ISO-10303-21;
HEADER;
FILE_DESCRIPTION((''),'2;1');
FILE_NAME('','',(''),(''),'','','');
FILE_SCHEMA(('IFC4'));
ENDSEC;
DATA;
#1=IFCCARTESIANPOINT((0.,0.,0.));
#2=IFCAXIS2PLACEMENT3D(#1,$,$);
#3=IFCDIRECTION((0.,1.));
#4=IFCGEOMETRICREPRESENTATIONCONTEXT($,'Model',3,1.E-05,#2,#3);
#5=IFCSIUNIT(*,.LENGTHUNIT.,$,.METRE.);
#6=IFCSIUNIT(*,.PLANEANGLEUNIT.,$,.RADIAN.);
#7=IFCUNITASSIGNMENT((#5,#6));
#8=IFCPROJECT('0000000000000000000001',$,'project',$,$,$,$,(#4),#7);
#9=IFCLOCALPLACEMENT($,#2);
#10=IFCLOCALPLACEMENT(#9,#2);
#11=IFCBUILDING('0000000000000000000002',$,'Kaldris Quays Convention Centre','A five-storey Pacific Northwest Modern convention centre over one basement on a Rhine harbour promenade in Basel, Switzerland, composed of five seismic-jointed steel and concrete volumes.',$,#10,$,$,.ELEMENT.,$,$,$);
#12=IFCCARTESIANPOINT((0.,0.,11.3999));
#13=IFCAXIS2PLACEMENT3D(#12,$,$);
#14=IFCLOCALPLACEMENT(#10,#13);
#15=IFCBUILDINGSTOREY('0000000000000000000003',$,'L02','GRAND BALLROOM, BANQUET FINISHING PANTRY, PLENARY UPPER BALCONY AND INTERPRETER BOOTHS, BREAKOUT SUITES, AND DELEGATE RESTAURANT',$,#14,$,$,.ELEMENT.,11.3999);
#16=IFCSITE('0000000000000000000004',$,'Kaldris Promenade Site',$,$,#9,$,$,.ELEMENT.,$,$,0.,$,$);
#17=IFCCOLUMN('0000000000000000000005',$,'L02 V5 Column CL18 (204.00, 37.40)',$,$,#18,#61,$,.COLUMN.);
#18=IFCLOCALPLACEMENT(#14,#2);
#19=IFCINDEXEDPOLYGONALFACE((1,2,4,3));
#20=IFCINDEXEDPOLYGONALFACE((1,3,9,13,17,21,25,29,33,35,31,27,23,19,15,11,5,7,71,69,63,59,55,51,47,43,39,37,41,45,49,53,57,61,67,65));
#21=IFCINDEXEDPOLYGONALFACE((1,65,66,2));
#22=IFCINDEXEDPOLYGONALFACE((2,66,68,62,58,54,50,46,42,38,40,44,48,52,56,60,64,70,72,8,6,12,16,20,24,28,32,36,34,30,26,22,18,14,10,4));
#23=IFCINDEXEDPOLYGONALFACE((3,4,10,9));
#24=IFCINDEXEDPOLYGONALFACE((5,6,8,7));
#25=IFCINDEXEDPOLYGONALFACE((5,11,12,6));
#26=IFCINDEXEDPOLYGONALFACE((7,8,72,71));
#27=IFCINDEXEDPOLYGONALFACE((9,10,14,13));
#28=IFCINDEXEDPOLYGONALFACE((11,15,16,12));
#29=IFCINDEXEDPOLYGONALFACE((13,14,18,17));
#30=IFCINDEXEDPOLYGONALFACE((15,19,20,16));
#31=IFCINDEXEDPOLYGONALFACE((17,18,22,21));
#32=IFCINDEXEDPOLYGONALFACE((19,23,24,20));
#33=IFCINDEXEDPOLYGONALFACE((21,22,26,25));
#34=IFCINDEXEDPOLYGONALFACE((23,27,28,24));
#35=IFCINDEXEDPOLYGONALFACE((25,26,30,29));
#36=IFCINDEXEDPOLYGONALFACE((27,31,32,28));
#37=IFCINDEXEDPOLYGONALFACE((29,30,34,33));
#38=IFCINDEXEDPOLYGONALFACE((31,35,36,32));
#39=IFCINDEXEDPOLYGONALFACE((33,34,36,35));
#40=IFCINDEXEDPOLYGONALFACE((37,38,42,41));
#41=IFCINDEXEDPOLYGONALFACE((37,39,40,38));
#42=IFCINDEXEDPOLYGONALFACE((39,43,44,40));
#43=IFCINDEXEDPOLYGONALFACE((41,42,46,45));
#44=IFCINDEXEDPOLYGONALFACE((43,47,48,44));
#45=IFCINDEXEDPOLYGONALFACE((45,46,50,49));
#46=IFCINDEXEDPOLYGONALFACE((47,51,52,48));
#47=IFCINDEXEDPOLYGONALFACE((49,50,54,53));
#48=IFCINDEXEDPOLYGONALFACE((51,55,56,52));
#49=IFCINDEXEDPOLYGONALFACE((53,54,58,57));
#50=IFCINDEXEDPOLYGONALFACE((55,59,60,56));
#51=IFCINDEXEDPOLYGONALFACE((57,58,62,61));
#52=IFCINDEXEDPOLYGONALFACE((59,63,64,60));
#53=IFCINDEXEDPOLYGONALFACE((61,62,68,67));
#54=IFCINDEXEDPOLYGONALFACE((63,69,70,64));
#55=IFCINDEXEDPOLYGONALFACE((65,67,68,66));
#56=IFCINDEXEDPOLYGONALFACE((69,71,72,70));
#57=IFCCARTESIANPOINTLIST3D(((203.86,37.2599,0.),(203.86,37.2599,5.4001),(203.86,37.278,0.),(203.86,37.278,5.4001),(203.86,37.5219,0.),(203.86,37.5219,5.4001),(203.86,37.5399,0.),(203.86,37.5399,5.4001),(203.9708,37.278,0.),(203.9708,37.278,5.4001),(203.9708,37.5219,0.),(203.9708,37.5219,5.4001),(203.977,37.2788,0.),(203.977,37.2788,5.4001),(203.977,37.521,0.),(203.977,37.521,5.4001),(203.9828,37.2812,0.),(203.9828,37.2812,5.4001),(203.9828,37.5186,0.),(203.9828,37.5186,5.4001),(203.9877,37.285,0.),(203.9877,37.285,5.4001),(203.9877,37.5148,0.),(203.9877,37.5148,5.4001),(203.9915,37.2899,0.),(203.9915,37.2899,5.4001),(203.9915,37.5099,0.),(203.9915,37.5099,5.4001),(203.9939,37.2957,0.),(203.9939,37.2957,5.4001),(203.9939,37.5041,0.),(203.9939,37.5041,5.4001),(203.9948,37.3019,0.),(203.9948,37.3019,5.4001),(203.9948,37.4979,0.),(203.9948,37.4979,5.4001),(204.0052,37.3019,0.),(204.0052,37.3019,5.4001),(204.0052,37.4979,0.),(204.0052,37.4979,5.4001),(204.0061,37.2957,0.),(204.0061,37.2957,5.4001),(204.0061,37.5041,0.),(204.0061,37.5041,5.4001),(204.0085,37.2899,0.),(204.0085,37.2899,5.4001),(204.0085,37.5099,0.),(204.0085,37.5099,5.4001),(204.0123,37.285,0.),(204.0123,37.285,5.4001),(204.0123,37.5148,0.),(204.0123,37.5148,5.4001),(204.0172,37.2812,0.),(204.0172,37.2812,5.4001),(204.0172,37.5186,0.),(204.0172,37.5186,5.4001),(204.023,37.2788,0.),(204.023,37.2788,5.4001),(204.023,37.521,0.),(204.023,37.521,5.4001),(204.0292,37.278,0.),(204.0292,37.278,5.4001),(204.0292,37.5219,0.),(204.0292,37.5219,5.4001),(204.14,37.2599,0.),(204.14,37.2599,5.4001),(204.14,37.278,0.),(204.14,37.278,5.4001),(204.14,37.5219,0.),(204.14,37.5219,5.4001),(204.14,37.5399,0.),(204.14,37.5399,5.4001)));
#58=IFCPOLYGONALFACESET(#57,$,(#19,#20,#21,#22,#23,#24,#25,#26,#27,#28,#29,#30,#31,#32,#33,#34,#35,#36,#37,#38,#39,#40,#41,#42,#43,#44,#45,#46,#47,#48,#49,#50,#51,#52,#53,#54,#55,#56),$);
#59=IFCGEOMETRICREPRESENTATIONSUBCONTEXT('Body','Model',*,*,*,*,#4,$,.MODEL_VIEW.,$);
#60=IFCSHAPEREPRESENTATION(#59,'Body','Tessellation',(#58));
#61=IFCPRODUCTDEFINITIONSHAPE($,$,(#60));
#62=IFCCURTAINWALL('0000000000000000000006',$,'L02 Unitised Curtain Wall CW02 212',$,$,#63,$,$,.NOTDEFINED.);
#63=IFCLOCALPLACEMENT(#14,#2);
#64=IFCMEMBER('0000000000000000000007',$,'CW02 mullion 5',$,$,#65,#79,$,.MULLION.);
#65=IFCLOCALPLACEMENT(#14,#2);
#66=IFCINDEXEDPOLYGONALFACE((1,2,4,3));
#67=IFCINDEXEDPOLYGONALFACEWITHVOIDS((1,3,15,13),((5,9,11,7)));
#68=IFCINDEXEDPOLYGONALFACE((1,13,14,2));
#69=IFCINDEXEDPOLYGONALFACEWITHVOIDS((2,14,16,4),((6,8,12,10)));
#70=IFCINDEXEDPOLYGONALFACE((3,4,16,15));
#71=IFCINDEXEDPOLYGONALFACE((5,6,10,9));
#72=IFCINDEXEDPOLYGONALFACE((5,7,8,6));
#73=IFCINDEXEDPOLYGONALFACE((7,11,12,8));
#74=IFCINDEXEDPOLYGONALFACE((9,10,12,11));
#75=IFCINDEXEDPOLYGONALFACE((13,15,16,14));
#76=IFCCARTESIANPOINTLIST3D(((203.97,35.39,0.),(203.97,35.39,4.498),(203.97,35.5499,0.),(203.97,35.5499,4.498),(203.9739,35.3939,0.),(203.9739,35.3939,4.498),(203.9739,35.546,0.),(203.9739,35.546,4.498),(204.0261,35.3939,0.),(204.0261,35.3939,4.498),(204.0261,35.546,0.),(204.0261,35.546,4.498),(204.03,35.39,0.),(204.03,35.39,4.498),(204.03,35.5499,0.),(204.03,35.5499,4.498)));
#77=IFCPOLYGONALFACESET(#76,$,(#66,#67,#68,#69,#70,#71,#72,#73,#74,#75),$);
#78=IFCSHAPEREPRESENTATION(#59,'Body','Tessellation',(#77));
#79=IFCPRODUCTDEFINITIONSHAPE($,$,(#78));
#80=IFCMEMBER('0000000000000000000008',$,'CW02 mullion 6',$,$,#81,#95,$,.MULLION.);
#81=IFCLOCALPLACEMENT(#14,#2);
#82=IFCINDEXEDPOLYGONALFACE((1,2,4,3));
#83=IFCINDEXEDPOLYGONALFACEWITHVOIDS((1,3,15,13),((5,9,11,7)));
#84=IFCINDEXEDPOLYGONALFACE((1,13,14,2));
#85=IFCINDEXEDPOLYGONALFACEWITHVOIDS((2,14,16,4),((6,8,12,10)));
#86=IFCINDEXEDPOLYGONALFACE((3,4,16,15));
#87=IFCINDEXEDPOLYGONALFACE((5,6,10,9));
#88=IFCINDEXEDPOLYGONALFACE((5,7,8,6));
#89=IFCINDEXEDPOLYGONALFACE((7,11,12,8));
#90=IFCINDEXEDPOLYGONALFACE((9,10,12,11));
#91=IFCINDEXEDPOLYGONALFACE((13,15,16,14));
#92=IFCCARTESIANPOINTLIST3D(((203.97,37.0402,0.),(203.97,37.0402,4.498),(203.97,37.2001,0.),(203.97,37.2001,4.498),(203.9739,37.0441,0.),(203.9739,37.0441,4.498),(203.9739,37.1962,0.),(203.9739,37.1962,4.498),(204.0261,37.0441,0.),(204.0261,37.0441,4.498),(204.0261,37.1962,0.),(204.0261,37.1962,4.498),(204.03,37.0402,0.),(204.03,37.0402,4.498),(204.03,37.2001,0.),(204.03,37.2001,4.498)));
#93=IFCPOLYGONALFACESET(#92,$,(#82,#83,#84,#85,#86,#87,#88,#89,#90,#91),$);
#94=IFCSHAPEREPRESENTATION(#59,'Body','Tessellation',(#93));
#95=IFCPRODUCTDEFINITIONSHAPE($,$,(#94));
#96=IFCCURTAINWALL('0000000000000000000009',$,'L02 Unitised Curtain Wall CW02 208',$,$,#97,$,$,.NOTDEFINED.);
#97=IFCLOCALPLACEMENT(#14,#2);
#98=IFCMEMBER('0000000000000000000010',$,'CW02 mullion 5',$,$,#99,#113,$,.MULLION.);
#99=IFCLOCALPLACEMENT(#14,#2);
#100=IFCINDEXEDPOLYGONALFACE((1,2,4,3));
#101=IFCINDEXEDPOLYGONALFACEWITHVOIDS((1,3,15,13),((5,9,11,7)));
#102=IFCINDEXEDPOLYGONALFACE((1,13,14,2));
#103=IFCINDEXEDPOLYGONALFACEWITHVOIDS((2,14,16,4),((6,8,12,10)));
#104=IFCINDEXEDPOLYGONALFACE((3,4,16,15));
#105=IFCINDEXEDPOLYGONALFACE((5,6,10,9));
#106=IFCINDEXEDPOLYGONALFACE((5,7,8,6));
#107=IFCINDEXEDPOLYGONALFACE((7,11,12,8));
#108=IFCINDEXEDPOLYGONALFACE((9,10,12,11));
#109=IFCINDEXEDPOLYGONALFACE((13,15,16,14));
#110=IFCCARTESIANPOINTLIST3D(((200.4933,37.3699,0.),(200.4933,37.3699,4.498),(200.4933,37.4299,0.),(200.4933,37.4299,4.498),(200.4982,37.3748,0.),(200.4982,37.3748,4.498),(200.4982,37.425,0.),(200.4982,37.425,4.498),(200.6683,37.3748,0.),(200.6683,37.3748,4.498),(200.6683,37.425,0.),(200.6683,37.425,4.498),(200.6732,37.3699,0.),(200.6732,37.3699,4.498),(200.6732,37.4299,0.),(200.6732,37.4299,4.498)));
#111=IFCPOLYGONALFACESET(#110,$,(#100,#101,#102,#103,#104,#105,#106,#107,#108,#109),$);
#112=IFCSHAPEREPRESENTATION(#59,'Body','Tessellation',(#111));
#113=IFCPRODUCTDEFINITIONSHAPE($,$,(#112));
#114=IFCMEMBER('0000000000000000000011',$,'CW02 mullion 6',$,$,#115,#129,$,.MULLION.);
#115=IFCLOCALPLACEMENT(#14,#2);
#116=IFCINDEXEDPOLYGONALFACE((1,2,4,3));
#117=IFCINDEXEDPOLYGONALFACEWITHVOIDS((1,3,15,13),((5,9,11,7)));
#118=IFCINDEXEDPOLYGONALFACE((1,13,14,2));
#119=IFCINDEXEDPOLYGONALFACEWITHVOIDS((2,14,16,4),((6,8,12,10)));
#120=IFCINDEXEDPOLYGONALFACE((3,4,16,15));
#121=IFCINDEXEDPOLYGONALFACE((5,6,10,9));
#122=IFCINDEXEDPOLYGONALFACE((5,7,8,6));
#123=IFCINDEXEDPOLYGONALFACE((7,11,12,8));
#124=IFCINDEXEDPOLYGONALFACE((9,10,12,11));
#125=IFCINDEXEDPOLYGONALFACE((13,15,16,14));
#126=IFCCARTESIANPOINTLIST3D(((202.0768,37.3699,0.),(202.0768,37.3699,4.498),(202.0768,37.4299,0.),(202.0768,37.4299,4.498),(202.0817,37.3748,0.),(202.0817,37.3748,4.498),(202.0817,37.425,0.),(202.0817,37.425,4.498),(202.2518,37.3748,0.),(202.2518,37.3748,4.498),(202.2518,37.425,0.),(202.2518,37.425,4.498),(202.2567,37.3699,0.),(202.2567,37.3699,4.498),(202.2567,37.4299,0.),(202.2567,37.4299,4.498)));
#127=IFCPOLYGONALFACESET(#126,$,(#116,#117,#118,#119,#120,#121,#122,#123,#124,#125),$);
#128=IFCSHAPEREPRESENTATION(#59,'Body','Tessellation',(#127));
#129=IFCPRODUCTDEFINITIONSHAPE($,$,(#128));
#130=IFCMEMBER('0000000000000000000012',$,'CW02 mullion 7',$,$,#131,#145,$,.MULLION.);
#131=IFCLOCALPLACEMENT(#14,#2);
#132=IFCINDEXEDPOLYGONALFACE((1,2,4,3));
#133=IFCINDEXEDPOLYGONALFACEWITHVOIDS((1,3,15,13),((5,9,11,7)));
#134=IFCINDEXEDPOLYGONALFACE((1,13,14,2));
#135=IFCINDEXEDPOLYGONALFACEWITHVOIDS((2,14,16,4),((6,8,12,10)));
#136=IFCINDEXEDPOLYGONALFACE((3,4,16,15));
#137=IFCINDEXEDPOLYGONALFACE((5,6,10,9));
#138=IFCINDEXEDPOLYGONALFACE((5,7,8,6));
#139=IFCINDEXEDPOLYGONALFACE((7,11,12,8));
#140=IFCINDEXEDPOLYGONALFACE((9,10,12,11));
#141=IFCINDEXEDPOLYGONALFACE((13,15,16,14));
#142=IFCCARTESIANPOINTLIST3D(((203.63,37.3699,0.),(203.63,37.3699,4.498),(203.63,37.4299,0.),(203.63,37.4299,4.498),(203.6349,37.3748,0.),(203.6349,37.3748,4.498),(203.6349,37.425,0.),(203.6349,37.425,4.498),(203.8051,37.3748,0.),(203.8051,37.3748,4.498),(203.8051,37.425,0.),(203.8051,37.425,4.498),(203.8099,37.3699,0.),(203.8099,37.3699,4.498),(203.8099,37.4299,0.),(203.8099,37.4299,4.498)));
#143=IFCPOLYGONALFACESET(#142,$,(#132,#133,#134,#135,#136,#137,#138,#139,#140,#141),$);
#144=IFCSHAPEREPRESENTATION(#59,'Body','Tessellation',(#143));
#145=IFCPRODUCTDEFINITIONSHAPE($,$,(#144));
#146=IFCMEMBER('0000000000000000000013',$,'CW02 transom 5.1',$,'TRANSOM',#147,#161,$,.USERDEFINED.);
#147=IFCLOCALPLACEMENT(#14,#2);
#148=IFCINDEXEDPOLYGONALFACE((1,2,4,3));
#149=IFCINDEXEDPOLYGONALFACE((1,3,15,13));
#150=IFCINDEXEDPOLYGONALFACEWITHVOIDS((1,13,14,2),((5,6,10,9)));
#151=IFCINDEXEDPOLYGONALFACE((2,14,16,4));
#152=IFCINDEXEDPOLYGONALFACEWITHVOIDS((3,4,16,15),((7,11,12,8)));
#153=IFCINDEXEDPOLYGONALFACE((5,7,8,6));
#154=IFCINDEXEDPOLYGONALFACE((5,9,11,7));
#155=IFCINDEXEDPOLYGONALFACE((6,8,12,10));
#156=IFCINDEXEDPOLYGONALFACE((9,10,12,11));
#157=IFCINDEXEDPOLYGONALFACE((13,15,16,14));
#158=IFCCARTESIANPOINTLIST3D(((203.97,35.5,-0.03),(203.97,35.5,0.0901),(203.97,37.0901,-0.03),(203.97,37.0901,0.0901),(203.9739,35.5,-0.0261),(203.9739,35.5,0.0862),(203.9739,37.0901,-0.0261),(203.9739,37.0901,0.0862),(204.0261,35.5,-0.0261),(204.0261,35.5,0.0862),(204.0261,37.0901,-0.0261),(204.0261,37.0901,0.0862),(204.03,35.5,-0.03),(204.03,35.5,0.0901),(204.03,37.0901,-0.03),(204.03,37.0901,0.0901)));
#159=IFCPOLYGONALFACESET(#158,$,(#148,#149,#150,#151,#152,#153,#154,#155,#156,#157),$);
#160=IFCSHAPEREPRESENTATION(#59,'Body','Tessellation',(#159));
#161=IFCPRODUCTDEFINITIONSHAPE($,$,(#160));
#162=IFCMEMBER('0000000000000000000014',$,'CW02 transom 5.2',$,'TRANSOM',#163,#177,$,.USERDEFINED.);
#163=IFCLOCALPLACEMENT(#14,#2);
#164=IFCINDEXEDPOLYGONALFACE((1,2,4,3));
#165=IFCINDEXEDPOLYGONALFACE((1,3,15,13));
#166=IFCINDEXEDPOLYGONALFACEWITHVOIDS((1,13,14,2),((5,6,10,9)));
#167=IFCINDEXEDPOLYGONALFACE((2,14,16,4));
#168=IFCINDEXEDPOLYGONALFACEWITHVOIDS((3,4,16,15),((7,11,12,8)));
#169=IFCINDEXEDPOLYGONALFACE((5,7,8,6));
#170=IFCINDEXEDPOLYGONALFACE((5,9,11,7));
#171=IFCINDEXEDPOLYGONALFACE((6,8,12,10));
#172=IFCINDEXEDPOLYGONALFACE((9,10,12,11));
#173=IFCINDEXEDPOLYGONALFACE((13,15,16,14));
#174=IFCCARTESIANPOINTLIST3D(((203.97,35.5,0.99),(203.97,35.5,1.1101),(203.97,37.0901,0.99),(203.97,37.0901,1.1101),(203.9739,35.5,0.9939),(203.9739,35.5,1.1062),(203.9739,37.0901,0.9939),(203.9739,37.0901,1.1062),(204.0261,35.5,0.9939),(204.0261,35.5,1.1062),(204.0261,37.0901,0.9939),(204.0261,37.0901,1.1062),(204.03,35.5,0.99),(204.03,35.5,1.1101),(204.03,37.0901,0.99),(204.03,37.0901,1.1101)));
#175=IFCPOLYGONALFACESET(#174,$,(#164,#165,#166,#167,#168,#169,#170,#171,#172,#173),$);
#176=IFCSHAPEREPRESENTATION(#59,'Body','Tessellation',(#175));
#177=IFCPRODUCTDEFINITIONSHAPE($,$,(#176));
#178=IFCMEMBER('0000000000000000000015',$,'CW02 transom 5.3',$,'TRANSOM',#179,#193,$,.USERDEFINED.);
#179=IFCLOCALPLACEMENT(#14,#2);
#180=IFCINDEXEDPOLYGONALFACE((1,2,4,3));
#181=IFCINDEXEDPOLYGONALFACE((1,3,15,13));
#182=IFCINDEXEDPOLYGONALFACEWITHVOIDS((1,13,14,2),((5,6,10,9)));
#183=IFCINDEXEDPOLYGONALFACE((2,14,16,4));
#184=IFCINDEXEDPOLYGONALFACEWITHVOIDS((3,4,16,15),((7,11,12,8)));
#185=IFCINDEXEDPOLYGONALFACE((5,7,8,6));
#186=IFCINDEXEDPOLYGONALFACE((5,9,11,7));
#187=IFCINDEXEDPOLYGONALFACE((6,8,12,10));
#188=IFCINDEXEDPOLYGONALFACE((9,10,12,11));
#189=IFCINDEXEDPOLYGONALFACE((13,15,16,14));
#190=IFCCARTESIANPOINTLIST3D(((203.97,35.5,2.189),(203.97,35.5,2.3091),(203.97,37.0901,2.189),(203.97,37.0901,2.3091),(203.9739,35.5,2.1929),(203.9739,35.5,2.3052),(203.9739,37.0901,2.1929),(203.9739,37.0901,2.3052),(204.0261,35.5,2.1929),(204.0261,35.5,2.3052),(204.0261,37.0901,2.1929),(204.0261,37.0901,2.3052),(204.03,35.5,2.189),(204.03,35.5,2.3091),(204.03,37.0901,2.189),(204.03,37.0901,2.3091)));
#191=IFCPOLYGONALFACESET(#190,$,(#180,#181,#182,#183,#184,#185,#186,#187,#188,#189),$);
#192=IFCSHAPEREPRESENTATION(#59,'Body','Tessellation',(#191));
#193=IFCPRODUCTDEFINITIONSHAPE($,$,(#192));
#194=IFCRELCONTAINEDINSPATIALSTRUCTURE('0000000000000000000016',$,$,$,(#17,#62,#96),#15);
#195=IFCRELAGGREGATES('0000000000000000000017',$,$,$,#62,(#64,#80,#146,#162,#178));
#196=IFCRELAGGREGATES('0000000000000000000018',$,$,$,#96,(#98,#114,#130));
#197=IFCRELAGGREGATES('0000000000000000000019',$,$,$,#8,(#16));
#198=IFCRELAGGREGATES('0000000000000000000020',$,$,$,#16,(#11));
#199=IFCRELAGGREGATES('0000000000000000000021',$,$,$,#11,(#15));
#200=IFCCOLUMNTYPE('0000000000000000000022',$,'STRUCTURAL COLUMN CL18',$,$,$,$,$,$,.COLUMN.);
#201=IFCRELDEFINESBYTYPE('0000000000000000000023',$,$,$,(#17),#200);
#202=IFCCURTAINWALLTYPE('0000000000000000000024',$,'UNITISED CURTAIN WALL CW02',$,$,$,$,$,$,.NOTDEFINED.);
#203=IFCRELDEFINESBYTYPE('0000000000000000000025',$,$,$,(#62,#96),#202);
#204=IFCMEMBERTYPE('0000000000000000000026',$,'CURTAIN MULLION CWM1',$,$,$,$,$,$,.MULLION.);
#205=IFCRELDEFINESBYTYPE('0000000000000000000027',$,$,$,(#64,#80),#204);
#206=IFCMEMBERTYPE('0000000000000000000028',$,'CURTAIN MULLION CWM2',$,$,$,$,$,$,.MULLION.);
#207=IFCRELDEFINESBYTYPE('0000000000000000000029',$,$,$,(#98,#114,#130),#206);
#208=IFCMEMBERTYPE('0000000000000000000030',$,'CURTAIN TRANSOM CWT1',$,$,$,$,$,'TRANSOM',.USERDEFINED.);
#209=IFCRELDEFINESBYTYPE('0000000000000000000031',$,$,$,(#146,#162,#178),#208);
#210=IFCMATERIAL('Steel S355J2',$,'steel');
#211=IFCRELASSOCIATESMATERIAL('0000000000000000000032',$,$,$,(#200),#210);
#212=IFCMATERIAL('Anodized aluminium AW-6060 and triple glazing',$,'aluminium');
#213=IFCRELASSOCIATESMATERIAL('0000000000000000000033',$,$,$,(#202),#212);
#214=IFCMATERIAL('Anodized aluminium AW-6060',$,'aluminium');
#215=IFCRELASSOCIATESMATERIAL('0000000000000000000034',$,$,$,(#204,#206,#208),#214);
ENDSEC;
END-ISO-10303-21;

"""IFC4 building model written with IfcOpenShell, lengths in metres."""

from ifc_helpers import new_model, si_unit, direction, frame, origin, origin_2d, place, context, subcontext, project, spatial, hollow_rectangle, i_section, extrude, material, material_profile, profile_set, type_object, element, aggregate, save


model = new_model("IFC4")

# Units and contexts
model_context = context("Model", 3, precision=1e-05, world=origin(), true_north=direction((0.0, 1.0)))
body_context = subcontext(model_context, "Body", "Model", "MODEL_VIEW")
ifc_project = project(units=[si_unit("LENGTHUNIT", "METRE"), si_unit("PLANEANGLEUNIT", "RADIAN")], contexts=[model_context])

# Site, building, storey
site_placement = place(None, origin())
site = spatial("IfcSite", under=ifc_project, at=site_placement, Name="Kaldris Promenade Site", CompositionType="ELEMENT", RefElevation=0.0)
building_placement = place(site_placement, origin())
building = spatial("IfcBuilding", under=site, at=building_placement, Name="Kaldris Quays Convention Centre", Description="A five-storey Pacific Northwest Modern convention centre over one basement on a Rhine harbour promenade in Basel, Switzerland, composed of five seismic-jointed steel and concrete volumes.", CompositionType="ELEMENT")
storey_placement = place(building_placement, frame((0.0, 0.0, 11.3999)))
storey = spatial("IfcBuildingStorey", under=building, at=storey_placement, Name="L02", Description="GRAND BALLROOM, BANQUET FINISHING PANTRY, PLENARY UPPER BALCONY AND INTERPRETER BOOTHS, BREAKOUT SUITES, AND DELEGATE RESTAURANT", CompositionType="ELEMENT", Elevation=11.3999)

# Column
ifc_material_1 = material(Name="Steel S355J2", Category="steel")
ifc_material_profile_1 = material_profile(ifc_material_1, i_section(OverallWidth=0.28, OverallDepth=0.28, WebThickness=0.0105, FlangeThickness=0.0181, FilletRadius=0.0239, at=origin_2d()), Name="HEB 280")
ifc_profile_set_1 = profile_set([ifc_material_profile_1], Name="Steel S355J2")
column_type = type_object("IfcColumnType", Name="STRUCTURAL COLUMN CL18", PredefinedType="COLUMN", material=ifc_profile_set_1)
column_placement = place(storey_placement, frame((204.0, 37.3999, 0.0), z_axis=(0.0, 0.0, 1.0), x_axis=(1.0, 0.0, 0.0)))
element("IfcColumn", 1, at=column_placement, inside=storey, type_object=column_type, Name="L02 V5 Column CL18 (204.00, 37.40)", PredefinedType="COLUMN", context=body_context, shape_type="SweptSolid", body=[
    extrude(i_section(OverallWidth=0.28, OverallDepth=0.28, WebThickness=0.0105, FlangeThickness=0.0181, FilletRadius=0.0239, at=origin_2d()), origin(), (0.0, 0.0, 1.0), 5.4001),
])

# Curtain walls, members
ifc_material_2 = material(Name="Anodized aluminium AW-6060 and triple glazing", Category="aluminium")
curtain_wall_type = type_object("IfcCurtainWallType", Name="UNITISED CURTAIN WALL CW02", PredefinedType="NOTDEFINED", material=ifc_material_2)
curtain_wall_1_placement = place(storey_placement, origin())
curtain_wall_1 = element("IfcCurtainWall", 2, at=curtain_wall_1_placement, inside=storey, type_object=curtain_wall_type, Name="L02 Unitised Curtain Wall CW02 212", PredefinedType="NOTDEFINED")
ifc_material_3 = material(Name="Anodized aluminium AW-6060", Category="aluminium")
ifc_material_profile_2 = material_profile(ifc_material_3, hollow_rectangle(XDim=0.0601, YDim=0.1599, WallThickness=0.0039, at=origin_2d()), Name="RHS 160x60x4")
ifc_profile_set_2 = profile_set([ifc_material_profile_2], Name="Anodized aluminium AW-6060")
member_type_1 = type_object("IfcMemberType", Name="CURTAIN MULLION CWM1", PredefinedType="MULLION", material=ifc_profile_set_2)
member_1_placement = place(storey_placement, frame((204.0, 35.47, 0.0), z_axis=(0.0, 0.0, 1.0), x_axis=(-1.0, 0.0, 0.0)))
member_1 = element("IfcMember", 3, at=member_1_placement, type_object=member_type_1, Name="CW02 mullion 5", PredefinedType="MULLION", context=body_context, shape_type="SweptSolid", body=[
    extrude(hollow_rectangle(XDim=0.0601, YDim=0.1599, WallThickness=0.0039, at=origin_2d()), origin(), (0.0, 0.0, 1.0), 4.498),
])
member_2_placement = place(storey_placement, frame((204.0, 37.1201, 0.0), z_axis=(0.0, 0.0, 1.0), x_axis=(-1.0, 0.0, 0.0)))
member_2 = element("IfcMember", 4, at=member_2_placement, type_object=member_type_1, Name="CW02 mullion 6", PredefinedType="MULLION", context=body_context, shape_type="SweptSolid", body=[
    extrude(hollow_rectangle(XDim=0.0601, YDim=0.1599, WallThickness=0.0039, at=origin_2d()), origin(), (0.0, 0.0, 1.0), 4.498),
])
curtain_wall_2_placement = place(storey_placement, origin())
curtain_wall_2 = element("IfcCurtainWall", 5, at=curtain_wall_2_placement, inside=storey, type_object=curtain_wall_type, Name="L02 Unitised Curtain Wall CW02 208", PredefinedType="NOTDEFINED")
ifc_material_profile_3 = material_profile(ifc_material_3, hollow_rectangle(XDim=0.0601, YDim=0.1799, WallThickness=0.0049, at=origin_2d()), Name="RHS 180x60x5")
ifc_profile_set_3 = profile_set([ifc_material_profile_3], Name="Anodized aluminium AW-6060")
member_type_2 = type_object("IfcMemberType", Name="CURTAIN MULLION CWM2", PredefinedType="MULLION", material=ifc_profile_set_3)
member_3_placement = place(storey_placement, frame((200.5833, 37.3999, 0.0), z_axis=(0.0, 0.0, 1.0), x_axis=(0.0, 1.0, 0.0)))
member_3 = element("IfcMember", 6, at=member_3_placement, type_object=member_type_2, Name="CW02 mullion 5", PredefinedType="MULLION", context=body_context, shape_type="SweptSolid", body=[
    extrude(hollow_rectangle(XDim=0.0601, YDim=0.1799, WallThickness=0.0049, at=origin_2d()), origin(), (0.0, 0.0, 1.0), 4.498),
])
member_4_placement = place(storey_placement, frame((202.1667, 37.3999, 0.0), z_axis=(0.0, 0.0, 1.0), x_axis=(0.0, 1.0, 0.0)))
member_4 = element("IfcMember", 7, at=member_4_placement, type_object=member_type_2, Name="CW02 mullion 6", PredefinedType="MULLION", context=body_context, shape_type="SweptSolid", body=[
    extrude(hollow_rectangle(XDim=0.0601, YDim=0.1799, WallThickness=0.0049, at=origin_2d()), origin(), (0.0, 0.0, 1.0), 4.498),
])
member_5_placement = place(storey_placement, frame((203.72, 37.3999, 0.0), z_axis=(0.0, 0.0, 1.0), x_axis=(0.0, 1.0, 0.0)))
member_5 = element("IfcMember", 8, at=member_5_placement, type_object=member_type_2, Name="CW02 mullion 7", PredefinedType="MULLION", context=body_context, shape_type="SweptSolid", body=[
    extrude(hollow_rectangle(XDim=0.0601, YDim=0.1799, WallThickness=0.0049, at=origin_2d()), origin(), (0.0, 0.0, 1.0), 4.498),
])

# Members
ifc_material_profile_4 = material_profile(ifc_material_3, hollow_rectangle(XDim=0.0601, YDim=0.1201, WallThickness=0.0039, at=origin_2d()), Name="RHS 120x60x4")
ifc_profile_set_4 = profile_set([ifc_material_profile_4], Name="Anodized aluminium AW-6060")
member_type_3 = type_object("IfcMemberType", Name="CURTAIN TRANSOM CWT1", ElementType="TRANSOM", PredefinedType="USERDEFINED", material=ifc_profile_set_4)
member_6_placement = place(storey_placement, frame((204.0, 35.5, 0.03), z_axis=(0.0, 1.0, 0.0), x_axis=(-1.0, 0.0, 0.0)))
member_6 = element("IfcMember", 9, at=member_6_placement, type_object=member_type_3, Name="CW02 transom 5.1", ObjectType="TRANSOM", PredefinedType="USERDEFINED", context=body_context, shape_type="SweptSolid", body=[
    extrude(hollow_rectangle(XDim=0.0601, YDim=0.1201, WallThickness=0.0039, at=origin_2d()), origin(), (0.0, 0.0, 1.0), 1.5901),
])
member_7_placement = place(storey_placement, frame((204.0, 35.5, 1.05), z_axis=(0.0, 1.0, 0.0), x_axis=(-1.0, 0.0, 0.0)))
member_7 = element("IfcMember", 10, at=member_7_placement, type_object=member_type_3, Name="CW02 transom 5.2", ObjectType="TRANSOM", PredefinedType="USERDEFINED", context=body_context, shape_type="SweptSolid", body=[
    extrude(hollow_rectangle(XDim=0.0601, YDim=0.1201, WallThickness=0.0039, at=origin_2d()), origin(), (0.0, 0.0, 1.0), 1.5901),
])
member_8_placement = place(storey_placement, frame((204.0, 35.5, 2.249), z_axis=(0.0, 1.0, 0.0), x_axis=(-1.0, 0.0, 0.0)))
member_8 = element("IfcMember", 11, at=member_8_placement, type_object=member_type_3, Name="CW02 transom 5.3", ObjectType="TRANSOM", PredefinedType="USERDEFINED", context=body_context, shape_type="SweptSolid", body=[
    extrude(hollow_rectangle(XDim=0.0601, YDim=0.1201, WallThickness=0.0039, at=origin_2d()), origin(), (0.0, 0.0, 1.0), 1.5901),
])

aggregate(curtain_wall_1, [member_1, member_2, member_6, member_7, member_8])
aggregate(curtain_wall_2, [member_3, member_4, member_5])

save(model, "model.ifc")
